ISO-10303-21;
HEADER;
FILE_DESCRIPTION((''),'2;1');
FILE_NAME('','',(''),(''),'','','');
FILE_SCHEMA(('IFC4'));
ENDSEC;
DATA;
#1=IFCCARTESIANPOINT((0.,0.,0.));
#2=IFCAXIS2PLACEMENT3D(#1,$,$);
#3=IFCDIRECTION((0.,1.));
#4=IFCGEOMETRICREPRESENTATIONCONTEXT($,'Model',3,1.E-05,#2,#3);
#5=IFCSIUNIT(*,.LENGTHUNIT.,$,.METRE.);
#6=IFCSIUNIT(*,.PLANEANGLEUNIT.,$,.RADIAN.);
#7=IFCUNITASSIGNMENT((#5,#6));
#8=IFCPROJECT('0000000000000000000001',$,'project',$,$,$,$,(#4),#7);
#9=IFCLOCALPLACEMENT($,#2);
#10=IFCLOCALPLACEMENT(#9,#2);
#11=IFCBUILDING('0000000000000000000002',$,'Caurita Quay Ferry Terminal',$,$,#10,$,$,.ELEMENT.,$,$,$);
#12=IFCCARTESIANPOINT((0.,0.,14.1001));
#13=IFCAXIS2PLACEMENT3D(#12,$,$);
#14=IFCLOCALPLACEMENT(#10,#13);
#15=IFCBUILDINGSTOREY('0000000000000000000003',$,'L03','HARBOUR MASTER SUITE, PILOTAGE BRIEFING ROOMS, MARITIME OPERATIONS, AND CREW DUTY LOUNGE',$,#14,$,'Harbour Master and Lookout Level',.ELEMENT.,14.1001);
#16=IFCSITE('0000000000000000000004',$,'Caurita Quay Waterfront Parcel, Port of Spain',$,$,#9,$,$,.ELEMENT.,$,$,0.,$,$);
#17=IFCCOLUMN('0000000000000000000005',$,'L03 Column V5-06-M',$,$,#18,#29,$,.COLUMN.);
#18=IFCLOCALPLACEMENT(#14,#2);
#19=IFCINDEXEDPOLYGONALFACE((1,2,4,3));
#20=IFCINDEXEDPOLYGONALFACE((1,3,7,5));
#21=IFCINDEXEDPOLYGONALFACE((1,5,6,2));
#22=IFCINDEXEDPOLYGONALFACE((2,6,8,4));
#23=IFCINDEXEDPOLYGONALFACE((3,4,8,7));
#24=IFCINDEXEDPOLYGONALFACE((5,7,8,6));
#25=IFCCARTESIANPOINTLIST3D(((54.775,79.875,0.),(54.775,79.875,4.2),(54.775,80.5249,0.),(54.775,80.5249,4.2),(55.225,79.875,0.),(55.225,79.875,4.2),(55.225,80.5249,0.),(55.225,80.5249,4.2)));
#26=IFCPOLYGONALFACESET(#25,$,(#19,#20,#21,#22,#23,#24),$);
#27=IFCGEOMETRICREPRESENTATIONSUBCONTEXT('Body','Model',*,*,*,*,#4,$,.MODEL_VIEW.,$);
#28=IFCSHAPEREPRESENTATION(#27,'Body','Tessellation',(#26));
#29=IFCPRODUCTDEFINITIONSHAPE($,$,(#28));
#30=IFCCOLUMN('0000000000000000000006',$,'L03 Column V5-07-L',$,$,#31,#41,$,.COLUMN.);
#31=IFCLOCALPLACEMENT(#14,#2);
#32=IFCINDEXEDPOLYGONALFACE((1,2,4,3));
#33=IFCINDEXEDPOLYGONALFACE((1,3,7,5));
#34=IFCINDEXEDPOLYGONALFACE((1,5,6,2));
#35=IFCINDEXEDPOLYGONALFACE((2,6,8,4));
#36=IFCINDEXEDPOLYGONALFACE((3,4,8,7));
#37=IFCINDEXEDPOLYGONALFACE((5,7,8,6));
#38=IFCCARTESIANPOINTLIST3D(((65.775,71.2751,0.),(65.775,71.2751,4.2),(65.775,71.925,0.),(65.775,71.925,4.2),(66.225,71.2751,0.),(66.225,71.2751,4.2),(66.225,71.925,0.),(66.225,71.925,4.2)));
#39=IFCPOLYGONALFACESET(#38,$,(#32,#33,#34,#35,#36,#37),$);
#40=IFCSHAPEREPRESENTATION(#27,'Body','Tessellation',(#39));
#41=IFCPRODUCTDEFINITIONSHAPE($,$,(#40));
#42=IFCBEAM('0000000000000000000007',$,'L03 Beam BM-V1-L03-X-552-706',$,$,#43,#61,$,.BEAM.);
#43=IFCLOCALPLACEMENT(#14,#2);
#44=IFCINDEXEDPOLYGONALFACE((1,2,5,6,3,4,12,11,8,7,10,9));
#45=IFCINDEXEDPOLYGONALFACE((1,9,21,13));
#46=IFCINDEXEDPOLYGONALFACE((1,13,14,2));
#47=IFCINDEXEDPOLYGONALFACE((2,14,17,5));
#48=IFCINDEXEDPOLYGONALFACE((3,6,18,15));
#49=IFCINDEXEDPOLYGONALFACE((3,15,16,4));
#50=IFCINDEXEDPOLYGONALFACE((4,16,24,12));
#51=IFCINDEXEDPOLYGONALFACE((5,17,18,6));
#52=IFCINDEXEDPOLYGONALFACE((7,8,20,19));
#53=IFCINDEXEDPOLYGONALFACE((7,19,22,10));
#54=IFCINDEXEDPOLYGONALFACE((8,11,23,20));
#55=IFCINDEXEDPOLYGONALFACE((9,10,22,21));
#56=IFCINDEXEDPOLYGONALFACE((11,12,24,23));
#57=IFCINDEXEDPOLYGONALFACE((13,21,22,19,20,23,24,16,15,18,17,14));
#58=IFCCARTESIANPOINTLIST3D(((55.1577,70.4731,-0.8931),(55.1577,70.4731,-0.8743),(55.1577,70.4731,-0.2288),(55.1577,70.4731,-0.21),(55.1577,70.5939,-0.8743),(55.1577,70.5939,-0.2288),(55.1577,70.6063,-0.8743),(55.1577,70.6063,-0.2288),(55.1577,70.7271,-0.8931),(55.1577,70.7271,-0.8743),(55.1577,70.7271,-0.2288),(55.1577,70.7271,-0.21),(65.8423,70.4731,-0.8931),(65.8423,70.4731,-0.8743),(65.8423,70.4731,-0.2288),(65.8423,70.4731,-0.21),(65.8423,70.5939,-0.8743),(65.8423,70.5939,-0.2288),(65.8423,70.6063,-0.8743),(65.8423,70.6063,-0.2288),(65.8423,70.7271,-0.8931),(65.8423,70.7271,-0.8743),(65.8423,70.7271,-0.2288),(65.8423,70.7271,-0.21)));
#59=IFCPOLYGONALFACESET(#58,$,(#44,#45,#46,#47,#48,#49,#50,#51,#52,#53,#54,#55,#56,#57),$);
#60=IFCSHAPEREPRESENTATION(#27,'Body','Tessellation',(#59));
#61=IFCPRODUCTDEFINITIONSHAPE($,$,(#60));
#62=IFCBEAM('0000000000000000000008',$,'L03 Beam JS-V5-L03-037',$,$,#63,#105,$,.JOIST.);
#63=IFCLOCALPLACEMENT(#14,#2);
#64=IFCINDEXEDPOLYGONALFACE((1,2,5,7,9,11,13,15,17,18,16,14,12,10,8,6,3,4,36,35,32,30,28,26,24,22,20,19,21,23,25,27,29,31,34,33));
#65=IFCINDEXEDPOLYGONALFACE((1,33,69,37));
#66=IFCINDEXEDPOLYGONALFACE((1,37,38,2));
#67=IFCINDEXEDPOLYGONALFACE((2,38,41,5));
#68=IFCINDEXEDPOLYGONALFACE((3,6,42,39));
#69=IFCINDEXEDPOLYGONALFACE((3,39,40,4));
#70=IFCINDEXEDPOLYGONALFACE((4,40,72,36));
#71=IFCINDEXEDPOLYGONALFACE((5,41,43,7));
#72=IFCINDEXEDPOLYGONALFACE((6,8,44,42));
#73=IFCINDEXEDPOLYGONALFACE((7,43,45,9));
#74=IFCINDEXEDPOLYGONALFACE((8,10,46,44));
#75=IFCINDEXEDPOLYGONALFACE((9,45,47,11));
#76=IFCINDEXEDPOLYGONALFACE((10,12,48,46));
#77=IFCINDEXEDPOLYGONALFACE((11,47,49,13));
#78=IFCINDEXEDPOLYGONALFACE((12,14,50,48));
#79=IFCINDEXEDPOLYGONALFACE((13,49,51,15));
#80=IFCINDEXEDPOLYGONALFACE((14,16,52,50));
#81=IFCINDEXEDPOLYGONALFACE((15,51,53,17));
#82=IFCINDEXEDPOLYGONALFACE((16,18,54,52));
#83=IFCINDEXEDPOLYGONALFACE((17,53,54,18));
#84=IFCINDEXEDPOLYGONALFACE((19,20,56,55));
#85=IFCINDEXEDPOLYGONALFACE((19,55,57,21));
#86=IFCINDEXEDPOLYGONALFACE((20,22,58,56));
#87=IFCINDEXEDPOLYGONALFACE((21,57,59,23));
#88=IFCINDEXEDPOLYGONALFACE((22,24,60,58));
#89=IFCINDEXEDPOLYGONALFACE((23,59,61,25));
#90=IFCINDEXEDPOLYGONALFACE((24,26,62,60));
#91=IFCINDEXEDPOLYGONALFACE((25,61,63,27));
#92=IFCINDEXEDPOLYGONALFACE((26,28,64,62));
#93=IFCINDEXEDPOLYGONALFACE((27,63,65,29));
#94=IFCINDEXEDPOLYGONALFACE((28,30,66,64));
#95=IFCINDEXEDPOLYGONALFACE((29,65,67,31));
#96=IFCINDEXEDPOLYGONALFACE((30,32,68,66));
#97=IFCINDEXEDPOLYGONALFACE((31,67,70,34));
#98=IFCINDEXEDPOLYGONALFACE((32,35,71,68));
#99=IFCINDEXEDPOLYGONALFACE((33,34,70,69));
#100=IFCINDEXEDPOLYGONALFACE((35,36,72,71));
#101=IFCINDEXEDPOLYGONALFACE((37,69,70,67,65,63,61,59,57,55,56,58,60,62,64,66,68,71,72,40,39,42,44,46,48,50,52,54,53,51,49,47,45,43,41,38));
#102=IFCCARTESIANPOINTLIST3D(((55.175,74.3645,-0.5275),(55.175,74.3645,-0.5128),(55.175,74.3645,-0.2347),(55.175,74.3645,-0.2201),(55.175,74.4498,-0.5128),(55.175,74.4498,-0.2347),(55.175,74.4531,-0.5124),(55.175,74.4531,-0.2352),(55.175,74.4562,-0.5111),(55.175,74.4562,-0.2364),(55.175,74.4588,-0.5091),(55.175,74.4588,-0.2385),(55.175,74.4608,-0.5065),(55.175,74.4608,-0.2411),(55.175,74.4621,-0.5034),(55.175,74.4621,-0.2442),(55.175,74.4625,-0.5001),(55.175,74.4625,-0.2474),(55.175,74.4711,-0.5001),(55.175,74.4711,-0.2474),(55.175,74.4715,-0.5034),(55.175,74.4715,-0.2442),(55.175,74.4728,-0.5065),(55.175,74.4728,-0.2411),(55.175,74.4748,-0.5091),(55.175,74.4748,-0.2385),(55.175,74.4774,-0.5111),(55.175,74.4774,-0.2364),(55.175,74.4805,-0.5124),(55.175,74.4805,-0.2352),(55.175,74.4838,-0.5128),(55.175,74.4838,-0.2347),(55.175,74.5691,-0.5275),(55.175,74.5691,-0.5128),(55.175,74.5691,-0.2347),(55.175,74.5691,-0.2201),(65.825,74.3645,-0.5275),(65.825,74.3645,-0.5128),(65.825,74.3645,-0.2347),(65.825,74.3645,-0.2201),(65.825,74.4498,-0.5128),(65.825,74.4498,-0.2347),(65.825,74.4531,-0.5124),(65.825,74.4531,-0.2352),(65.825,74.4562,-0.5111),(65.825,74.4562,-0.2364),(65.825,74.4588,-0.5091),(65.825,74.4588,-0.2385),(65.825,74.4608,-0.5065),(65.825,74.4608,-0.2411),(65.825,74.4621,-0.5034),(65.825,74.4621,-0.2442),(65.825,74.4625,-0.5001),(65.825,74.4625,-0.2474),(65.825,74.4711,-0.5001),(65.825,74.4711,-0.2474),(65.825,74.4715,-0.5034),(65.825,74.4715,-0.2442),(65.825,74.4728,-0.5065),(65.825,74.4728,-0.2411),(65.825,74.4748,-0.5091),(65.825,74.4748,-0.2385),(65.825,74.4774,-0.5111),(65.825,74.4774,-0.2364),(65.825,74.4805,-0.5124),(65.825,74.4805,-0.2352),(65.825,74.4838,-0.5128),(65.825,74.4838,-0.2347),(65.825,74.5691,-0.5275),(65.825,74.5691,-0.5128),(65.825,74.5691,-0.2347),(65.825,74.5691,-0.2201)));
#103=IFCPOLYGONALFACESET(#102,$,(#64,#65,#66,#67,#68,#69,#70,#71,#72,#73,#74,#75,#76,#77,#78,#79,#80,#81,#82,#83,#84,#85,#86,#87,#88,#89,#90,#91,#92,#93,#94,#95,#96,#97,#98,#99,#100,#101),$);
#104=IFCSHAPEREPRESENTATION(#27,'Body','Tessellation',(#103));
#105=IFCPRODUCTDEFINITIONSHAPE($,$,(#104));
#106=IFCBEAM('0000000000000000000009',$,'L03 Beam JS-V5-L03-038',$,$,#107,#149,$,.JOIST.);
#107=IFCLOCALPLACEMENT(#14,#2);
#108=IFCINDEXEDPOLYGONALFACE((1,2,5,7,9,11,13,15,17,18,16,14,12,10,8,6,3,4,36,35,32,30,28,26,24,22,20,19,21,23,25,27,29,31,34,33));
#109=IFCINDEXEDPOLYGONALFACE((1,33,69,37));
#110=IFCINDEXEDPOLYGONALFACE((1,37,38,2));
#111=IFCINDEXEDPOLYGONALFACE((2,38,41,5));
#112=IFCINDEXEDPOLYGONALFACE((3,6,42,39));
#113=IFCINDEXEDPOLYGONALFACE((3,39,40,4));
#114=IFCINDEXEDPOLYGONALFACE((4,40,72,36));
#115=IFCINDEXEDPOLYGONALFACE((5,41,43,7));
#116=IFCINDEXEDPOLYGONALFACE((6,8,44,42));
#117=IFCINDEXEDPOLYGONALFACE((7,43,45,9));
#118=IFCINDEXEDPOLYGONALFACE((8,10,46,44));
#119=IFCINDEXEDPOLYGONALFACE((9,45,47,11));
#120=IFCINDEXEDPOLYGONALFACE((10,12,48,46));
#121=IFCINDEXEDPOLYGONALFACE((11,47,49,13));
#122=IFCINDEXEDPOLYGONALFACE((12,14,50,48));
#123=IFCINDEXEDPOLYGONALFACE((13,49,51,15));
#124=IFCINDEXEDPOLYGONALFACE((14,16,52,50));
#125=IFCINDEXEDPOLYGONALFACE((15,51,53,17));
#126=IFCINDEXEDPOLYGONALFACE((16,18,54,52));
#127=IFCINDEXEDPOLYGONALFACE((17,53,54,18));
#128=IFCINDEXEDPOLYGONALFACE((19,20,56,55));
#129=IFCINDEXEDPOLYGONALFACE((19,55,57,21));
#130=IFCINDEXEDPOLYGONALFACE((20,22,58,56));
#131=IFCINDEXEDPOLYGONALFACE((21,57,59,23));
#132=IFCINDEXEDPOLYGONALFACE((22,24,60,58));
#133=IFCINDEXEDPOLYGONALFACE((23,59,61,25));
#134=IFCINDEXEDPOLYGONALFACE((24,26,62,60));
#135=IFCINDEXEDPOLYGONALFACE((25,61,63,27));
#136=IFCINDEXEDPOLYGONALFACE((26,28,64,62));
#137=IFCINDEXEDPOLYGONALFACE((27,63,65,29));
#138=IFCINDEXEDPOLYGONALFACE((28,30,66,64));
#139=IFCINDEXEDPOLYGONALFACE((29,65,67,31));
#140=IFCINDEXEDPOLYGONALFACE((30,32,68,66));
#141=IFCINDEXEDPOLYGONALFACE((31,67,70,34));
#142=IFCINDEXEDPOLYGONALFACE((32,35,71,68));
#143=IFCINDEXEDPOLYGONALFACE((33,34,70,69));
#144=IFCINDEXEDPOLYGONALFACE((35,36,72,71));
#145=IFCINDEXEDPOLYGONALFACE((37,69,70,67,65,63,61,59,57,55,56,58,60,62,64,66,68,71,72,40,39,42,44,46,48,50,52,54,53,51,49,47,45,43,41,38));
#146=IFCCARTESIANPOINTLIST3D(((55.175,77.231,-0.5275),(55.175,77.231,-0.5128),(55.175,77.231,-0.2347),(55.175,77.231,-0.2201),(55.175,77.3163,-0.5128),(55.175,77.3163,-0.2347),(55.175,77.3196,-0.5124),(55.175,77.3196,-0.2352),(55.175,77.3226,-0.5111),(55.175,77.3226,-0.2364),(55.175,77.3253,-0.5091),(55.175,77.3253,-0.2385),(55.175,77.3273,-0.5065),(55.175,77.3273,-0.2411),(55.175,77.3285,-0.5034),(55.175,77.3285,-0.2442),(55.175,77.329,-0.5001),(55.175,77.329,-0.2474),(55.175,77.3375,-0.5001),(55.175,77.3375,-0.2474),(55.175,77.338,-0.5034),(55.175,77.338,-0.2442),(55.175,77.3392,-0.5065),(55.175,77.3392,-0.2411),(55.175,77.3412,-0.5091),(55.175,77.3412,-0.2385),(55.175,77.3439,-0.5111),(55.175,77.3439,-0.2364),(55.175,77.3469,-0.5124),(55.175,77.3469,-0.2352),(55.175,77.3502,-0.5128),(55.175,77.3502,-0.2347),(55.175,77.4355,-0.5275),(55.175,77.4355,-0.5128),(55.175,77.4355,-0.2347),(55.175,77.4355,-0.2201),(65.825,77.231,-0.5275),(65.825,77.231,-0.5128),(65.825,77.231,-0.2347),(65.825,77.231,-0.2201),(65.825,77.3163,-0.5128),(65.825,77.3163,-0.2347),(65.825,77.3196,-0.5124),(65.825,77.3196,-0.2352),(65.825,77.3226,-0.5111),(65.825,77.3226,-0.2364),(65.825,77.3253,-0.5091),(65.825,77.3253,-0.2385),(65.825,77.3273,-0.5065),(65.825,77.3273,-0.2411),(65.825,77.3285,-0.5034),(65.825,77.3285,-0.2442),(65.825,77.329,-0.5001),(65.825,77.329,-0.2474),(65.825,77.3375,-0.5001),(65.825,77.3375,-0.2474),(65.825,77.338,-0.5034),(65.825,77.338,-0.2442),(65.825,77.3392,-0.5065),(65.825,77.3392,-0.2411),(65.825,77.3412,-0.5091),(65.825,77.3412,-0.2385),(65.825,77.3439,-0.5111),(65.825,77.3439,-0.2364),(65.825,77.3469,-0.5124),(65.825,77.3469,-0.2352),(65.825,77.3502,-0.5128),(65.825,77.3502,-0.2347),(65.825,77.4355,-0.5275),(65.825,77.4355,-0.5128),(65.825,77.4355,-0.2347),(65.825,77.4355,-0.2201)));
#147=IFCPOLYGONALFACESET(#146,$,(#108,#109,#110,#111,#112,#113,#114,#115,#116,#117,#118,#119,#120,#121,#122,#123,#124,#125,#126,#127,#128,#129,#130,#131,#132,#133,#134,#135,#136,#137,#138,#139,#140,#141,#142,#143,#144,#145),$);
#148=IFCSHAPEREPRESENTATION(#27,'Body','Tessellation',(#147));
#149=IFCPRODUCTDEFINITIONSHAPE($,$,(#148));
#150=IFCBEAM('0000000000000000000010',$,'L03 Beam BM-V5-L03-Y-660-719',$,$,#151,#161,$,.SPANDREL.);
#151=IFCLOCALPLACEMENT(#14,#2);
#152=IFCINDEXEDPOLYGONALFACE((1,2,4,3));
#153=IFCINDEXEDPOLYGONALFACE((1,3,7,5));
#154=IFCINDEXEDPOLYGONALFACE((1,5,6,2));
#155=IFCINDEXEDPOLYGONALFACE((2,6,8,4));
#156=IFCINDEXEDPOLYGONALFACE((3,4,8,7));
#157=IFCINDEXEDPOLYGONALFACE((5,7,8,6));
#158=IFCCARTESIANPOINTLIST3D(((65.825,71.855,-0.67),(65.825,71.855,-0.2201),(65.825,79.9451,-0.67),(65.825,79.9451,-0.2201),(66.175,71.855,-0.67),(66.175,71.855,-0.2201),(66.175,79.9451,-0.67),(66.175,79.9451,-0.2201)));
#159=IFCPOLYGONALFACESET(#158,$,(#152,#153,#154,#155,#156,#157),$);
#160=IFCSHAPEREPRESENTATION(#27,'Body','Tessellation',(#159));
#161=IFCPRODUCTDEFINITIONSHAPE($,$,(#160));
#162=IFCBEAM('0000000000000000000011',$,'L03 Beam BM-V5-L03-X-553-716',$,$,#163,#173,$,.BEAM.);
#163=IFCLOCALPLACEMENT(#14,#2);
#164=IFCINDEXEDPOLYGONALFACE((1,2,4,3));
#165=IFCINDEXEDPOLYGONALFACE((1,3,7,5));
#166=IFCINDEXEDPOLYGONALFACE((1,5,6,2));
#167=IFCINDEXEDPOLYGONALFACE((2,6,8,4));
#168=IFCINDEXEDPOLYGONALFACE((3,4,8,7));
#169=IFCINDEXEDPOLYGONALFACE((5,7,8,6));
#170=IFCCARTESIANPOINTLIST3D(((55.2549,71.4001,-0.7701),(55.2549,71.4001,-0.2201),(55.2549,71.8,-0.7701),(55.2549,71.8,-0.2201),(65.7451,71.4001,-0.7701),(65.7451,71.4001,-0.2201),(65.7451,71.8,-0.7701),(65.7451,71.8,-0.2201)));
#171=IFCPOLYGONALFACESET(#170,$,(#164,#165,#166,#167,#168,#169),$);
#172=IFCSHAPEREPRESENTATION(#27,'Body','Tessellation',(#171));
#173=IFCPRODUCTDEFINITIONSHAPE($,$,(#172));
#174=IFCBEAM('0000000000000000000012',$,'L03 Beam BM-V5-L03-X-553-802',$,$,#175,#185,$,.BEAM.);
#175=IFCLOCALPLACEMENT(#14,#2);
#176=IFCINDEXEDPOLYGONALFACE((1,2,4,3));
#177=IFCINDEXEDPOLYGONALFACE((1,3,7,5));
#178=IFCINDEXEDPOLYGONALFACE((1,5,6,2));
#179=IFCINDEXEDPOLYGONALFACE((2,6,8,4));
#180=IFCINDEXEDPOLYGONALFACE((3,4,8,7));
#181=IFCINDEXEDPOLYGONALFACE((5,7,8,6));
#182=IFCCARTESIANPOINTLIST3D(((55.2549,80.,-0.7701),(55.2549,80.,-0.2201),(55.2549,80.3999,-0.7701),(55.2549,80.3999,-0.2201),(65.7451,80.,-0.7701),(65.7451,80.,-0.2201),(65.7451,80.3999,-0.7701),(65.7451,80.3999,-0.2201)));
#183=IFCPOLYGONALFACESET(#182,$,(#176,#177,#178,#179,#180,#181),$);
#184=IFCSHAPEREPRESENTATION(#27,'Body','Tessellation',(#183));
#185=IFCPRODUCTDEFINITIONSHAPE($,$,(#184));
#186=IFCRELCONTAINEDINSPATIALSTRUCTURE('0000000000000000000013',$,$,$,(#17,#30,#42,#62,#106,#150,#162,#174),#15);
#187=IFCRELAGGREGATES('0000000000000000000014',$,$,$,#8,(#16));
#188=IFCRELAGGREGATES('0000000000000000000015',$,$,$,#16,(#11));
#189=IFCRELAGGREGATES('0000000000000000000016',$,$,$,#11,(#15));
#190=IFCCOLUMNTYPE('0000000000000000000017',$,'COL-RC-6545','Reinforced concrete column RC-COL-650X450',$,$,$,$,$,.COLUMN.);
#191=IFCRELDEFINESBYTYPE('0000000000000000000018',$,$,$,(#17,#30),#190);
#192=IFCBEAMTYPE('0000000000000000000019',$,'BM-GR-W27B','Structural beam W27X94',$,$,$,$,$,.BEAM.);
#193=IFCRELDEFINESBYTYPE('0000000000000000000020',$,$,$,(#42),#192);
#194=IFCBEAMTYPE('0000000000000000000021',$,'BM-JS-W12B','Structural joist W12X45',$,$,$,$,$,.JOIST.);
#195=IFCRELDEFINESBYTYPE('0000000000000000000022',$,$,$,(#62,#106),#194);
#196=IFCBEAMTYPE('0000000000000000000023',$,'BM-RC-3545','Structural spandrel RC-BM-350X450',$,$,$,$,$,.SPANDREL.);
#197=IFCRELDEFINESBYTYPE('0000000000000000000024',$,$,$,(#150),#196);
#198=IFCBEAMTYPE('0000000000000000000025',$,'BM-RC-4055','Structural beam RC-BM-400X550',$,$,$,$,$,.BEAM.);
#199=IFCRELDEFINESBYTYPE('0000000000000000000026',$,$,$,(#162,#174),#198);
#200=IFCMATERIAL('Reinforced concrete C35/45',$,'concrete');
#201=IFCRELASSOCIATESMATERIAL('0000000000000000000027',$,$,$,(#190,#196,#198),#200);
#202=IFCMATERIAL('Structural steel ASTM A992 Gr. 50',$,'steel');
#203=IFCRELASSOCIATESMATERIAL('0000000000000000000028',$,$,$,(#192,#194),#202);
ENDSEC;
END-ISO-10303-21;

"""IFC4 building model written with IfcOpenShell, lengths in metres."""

from ifc_helpers import new_model, si_unit, direction, frame, origin, origin_2d, place, context, subcontext, project, spatial, rectangle, i_section, extrude, material, material_profile, profile_set, type_object, element, save


model = new_model("IFC4")

# Units and contexts
model_context = context("Model", 3, precision=1e-05, world=origin(), true_north=direction((0.0, 1.0)))
body_context = subcontext(model_context, "Body", "Model", "MODEL_VIEW")
ifc_project = project(units=[si_unit("LENGTHUNIT", "METRE"), si_unit("PLANEANGLEUNIT", "RADIAN")], contexts=[model_context])

# Site, building, storey
site_placement = place(None, origin())
site = spatial("IfcSite", under=ifc_project, at=site_placement, Name="Caurita Quay Waterfront Parcel, Port of Spain", CompositionType="ELEMENT", RefElevation=0.0)
building_placement = place(site_placement, origin())
building = spatial("IfcBuilding", under=site, at=building_placement, Name="Caurita Quay Ferry Terminal", CompositionType="ELEMENT")
storey_placement = place(building_placement, frame((0.0, 0.0, 14.1001)))
storey = spatial("IfcBuildingStorey", under=building, at=storey_placement, Name="L03", Description="HARBOUR MASTER SUITE, PILOTAGE BRIEFING ROOMS, MARITIME OPERATIONS, AND CREW DUTY LOUNGE", LongName="Harbour Master and Lookout Level", CompositionType="ELEMENT", Elevation=14.1001)

# Columns
ifc_material_1 = material(Name="Reinforced concrete C35/45", Category="concrete")
ifc_material_profile_1 = material_profile(ifc_material_1, rectangle(XDim=0.45, YDim=0.6499, at=origin_2d()), Name="RC-COL-650X450")
ifc_profile_set_1 = profile_set([ifc_material_profile_1], Name="Reinforced concrete C35/45")
column_type = type_object("IfcColumnType", Name="COL-RC-6545", Description="Reinforced concrete column RC-COL-650X450", PredefinedType="COLUMN", material=ifc_profile_set_1)
for number, where, z_axis, x_axis, name in (
    (1, (55.0, 80.2, 0.0), (0.0, 0.0, 1.0), (1.0, 0.0, 0.0), "L03 Column V5-06-M"),
    (2, (66.0, 71.6001, 0.0), (0.0, 0.0, 1.0), (1.0, 0.0, 0.0), "L03 Column V5-07-L"),
):
    element("IfcColumn", number, at=place(storey_placement, frame(where, z_axis=z_axis, x_axis=x_axis)), inside=storey, type_object=column_type, Name=name, PredefinedType="COLUMN", context=body_context, shape_type="SweptSolid", body=[
        extrude(rectangle(XDim=0.45, YDim=0.6499, at=origin_2d()), origin(), (0.0, 0.0, 1.0), 4.2),
    ])

# Beams
ifc_material_2 = material(Name="Structural steel ASTM A992 Gr. 50", Category="steel")
ifc_material_profile_2 = material_profile(ifc_material_2, i_section(OverallWidth=0.2539, OverallDepth=0.6831, WebThickness=0.0125, FlangeThickness=0.0188, at=origin_2d()), Name="W27X94")
ifc_profile_set_2 = profile_set([ifc_material_profile_2], Name="Structural steel ASTM A992 Gr. 50")
beam_type_1 = type_object("IfcBeamType", Name="BM-GR-W27B", Description="Structural beam W27X94", PredefinedType="BEAM", material=ifc_profile_set_2)
beam_1_placement = place(storey_placement, frame((55.1577, 70.6001, -0.5515), z_axis=(1.0, 0.0, 0.0), x_axis=(0.0, 1.0, 0.0)))
element("IfcBeam", 3, at=beam_1_placement, inside=storey, type_object=beam_type_1, Name="L03 Beam BM-V1-L03-X-552-706", PredefinedType="BEAM", context=body_context, shape_type="SweptSolid", body=[
    extrude(i_section(OverallWidth=0.2539, OverallDepth=0.6831, WebThickness=0.0125, FlangeThickness=0.0188, at=origin_2d()), origin(), (0.0, 0.0, 1.0), 10.6846),
])
ifc_material_profile_3 = material_profile(ifc_material_2, i_section(OverallWidth=0.2046, OverallDepth=0.3074, WebThickness=0.0085, FlangeThickness=0.0146, FilletRadius=0.0127, at=origin_2d()), Name="W12X45")
ifc_profile_set_3 = profile_set([ifc_material_profile_3], Name="Structural steel ASTM A992 Gr. 50")
beam_type_2 = type_object("IfcBeamType", Name="BM-JS-W12B", Description="Structural joist W12X45", PredefinedType="JOIST", material=ifc_profile_set_3)
for number, where, z_axis, x_axis, name in (
    (4, (55.175, 74.4668, -0.3738), (1.0, 0.0, 0.0), (0.0, 1.0, 0.0), "L03 Beam JS-V5-L03-037"),
    (5, (55.175, 77.3333, -0.3738), (1.0, 0.0, 0.0), (0.0, 1.0, 0.0), "L03 Beam JS-V5-L03-038"),
):
    element("IfcBeam", number, at=place(storey_placement, frame(where, z_axis=z_axis, x_axis=x_axis)), inside=storey, type_object=beam_type_2, Name=name, PredefinedType="JOIST", context=body_context, shape_type="SweptSolid", body=[
        extrude(i_section(OverallWidth=0.2046, OverallDepth=0.3074, WebThickness=0.0085, FlangeThickness=0.0146, FilletRadius=0.0127, at=origin_2d()), origin(), (0.0, 0.0, 1.0), 10.6499),
    ])
ifc_material_profile_4 = material_profile(ifc_material_1, rectangle(XDim=0.3501, YDim=0.45, at=origin_2d()), Name="RC-BM-350X450")
ifc_profile_set_4 = profile_set([ifc_material_profile_4], Name="Reinforced concrete C35/45")
beam_type_3 = type_object("IfcBeamType", Name="BM-RC-3545", Description="Structural spandrel RC-BM-350X450", PredefinedType="SPANDREL", material=ifc_profile_set_4)
beam_2_placement = place(storey_placement, frame((66.0, 71.855, -0.4451), z_axis=(0.0, 1.0, 0.0), x_axis=(-1.0, 0.0, 0.0)))
element("IfcBeam", 6, at=beam_2_placement, inside=storey, type_object=beam_type_3, Name="L03 Beam BM-V5-L03-Y-660-719", PredefinedType="SPANDREL", context=body_context, shape_type="SweptSolid", body=[
    extrude(rectangle(XDim=0.3501, YDim=0.45, at=origin_2d()), origin(), (0.0, 0.0, 1.0), 8.0901),
])
ifc_material_profile_5 = material_profile(ifc_material_1, rectangle(XDim=0.3999, YDim=0.55, at=origin_2d()), Name="RC-BM-400X550")
ifc_profile_set_5 = profile_set([ifc_material_profile_5], Name="Reinforced concrete C35/45")
beam_type_4 = type_object("IfcBeamType", Name="BM-RC-4055", Description="Structural beam RC-BM-400X550", PredefinedType="BEAM", material=ifc_profile_set_5)
for number, where, z_axis, x_axis, name in (
    (7, (55.2549, 71.6001, -0.4951), (1.0, 0.0, 0.0), (0.0, 1.0, 0.0), "L03 Beam BM-V5-L03-X-553-716"),
    (8, (55.2549, 80.2, -0.4951), (1.0, 0.0, 0.0), (0.0, 1.0, 0.0), "L03 Beam BM-V5-L03-X-553-802"),
):
    element("IfcBeam", number, at=place(storey_placement, frame(where, z_axis=z_axis, x_axis=x_axis)), inside=storey, type_object=beam_type_4, Name=name, PredefinedType="BEAM", context=body_context, shape_type="SweptSolid", body=[
        extrude(rectangle(XDim=0.3999, YDim=0.55, at=origin_2d()), origin(), (0.0, 0.0, 1.0), 10.4902),
    ])

save(model, "model.ifc")
